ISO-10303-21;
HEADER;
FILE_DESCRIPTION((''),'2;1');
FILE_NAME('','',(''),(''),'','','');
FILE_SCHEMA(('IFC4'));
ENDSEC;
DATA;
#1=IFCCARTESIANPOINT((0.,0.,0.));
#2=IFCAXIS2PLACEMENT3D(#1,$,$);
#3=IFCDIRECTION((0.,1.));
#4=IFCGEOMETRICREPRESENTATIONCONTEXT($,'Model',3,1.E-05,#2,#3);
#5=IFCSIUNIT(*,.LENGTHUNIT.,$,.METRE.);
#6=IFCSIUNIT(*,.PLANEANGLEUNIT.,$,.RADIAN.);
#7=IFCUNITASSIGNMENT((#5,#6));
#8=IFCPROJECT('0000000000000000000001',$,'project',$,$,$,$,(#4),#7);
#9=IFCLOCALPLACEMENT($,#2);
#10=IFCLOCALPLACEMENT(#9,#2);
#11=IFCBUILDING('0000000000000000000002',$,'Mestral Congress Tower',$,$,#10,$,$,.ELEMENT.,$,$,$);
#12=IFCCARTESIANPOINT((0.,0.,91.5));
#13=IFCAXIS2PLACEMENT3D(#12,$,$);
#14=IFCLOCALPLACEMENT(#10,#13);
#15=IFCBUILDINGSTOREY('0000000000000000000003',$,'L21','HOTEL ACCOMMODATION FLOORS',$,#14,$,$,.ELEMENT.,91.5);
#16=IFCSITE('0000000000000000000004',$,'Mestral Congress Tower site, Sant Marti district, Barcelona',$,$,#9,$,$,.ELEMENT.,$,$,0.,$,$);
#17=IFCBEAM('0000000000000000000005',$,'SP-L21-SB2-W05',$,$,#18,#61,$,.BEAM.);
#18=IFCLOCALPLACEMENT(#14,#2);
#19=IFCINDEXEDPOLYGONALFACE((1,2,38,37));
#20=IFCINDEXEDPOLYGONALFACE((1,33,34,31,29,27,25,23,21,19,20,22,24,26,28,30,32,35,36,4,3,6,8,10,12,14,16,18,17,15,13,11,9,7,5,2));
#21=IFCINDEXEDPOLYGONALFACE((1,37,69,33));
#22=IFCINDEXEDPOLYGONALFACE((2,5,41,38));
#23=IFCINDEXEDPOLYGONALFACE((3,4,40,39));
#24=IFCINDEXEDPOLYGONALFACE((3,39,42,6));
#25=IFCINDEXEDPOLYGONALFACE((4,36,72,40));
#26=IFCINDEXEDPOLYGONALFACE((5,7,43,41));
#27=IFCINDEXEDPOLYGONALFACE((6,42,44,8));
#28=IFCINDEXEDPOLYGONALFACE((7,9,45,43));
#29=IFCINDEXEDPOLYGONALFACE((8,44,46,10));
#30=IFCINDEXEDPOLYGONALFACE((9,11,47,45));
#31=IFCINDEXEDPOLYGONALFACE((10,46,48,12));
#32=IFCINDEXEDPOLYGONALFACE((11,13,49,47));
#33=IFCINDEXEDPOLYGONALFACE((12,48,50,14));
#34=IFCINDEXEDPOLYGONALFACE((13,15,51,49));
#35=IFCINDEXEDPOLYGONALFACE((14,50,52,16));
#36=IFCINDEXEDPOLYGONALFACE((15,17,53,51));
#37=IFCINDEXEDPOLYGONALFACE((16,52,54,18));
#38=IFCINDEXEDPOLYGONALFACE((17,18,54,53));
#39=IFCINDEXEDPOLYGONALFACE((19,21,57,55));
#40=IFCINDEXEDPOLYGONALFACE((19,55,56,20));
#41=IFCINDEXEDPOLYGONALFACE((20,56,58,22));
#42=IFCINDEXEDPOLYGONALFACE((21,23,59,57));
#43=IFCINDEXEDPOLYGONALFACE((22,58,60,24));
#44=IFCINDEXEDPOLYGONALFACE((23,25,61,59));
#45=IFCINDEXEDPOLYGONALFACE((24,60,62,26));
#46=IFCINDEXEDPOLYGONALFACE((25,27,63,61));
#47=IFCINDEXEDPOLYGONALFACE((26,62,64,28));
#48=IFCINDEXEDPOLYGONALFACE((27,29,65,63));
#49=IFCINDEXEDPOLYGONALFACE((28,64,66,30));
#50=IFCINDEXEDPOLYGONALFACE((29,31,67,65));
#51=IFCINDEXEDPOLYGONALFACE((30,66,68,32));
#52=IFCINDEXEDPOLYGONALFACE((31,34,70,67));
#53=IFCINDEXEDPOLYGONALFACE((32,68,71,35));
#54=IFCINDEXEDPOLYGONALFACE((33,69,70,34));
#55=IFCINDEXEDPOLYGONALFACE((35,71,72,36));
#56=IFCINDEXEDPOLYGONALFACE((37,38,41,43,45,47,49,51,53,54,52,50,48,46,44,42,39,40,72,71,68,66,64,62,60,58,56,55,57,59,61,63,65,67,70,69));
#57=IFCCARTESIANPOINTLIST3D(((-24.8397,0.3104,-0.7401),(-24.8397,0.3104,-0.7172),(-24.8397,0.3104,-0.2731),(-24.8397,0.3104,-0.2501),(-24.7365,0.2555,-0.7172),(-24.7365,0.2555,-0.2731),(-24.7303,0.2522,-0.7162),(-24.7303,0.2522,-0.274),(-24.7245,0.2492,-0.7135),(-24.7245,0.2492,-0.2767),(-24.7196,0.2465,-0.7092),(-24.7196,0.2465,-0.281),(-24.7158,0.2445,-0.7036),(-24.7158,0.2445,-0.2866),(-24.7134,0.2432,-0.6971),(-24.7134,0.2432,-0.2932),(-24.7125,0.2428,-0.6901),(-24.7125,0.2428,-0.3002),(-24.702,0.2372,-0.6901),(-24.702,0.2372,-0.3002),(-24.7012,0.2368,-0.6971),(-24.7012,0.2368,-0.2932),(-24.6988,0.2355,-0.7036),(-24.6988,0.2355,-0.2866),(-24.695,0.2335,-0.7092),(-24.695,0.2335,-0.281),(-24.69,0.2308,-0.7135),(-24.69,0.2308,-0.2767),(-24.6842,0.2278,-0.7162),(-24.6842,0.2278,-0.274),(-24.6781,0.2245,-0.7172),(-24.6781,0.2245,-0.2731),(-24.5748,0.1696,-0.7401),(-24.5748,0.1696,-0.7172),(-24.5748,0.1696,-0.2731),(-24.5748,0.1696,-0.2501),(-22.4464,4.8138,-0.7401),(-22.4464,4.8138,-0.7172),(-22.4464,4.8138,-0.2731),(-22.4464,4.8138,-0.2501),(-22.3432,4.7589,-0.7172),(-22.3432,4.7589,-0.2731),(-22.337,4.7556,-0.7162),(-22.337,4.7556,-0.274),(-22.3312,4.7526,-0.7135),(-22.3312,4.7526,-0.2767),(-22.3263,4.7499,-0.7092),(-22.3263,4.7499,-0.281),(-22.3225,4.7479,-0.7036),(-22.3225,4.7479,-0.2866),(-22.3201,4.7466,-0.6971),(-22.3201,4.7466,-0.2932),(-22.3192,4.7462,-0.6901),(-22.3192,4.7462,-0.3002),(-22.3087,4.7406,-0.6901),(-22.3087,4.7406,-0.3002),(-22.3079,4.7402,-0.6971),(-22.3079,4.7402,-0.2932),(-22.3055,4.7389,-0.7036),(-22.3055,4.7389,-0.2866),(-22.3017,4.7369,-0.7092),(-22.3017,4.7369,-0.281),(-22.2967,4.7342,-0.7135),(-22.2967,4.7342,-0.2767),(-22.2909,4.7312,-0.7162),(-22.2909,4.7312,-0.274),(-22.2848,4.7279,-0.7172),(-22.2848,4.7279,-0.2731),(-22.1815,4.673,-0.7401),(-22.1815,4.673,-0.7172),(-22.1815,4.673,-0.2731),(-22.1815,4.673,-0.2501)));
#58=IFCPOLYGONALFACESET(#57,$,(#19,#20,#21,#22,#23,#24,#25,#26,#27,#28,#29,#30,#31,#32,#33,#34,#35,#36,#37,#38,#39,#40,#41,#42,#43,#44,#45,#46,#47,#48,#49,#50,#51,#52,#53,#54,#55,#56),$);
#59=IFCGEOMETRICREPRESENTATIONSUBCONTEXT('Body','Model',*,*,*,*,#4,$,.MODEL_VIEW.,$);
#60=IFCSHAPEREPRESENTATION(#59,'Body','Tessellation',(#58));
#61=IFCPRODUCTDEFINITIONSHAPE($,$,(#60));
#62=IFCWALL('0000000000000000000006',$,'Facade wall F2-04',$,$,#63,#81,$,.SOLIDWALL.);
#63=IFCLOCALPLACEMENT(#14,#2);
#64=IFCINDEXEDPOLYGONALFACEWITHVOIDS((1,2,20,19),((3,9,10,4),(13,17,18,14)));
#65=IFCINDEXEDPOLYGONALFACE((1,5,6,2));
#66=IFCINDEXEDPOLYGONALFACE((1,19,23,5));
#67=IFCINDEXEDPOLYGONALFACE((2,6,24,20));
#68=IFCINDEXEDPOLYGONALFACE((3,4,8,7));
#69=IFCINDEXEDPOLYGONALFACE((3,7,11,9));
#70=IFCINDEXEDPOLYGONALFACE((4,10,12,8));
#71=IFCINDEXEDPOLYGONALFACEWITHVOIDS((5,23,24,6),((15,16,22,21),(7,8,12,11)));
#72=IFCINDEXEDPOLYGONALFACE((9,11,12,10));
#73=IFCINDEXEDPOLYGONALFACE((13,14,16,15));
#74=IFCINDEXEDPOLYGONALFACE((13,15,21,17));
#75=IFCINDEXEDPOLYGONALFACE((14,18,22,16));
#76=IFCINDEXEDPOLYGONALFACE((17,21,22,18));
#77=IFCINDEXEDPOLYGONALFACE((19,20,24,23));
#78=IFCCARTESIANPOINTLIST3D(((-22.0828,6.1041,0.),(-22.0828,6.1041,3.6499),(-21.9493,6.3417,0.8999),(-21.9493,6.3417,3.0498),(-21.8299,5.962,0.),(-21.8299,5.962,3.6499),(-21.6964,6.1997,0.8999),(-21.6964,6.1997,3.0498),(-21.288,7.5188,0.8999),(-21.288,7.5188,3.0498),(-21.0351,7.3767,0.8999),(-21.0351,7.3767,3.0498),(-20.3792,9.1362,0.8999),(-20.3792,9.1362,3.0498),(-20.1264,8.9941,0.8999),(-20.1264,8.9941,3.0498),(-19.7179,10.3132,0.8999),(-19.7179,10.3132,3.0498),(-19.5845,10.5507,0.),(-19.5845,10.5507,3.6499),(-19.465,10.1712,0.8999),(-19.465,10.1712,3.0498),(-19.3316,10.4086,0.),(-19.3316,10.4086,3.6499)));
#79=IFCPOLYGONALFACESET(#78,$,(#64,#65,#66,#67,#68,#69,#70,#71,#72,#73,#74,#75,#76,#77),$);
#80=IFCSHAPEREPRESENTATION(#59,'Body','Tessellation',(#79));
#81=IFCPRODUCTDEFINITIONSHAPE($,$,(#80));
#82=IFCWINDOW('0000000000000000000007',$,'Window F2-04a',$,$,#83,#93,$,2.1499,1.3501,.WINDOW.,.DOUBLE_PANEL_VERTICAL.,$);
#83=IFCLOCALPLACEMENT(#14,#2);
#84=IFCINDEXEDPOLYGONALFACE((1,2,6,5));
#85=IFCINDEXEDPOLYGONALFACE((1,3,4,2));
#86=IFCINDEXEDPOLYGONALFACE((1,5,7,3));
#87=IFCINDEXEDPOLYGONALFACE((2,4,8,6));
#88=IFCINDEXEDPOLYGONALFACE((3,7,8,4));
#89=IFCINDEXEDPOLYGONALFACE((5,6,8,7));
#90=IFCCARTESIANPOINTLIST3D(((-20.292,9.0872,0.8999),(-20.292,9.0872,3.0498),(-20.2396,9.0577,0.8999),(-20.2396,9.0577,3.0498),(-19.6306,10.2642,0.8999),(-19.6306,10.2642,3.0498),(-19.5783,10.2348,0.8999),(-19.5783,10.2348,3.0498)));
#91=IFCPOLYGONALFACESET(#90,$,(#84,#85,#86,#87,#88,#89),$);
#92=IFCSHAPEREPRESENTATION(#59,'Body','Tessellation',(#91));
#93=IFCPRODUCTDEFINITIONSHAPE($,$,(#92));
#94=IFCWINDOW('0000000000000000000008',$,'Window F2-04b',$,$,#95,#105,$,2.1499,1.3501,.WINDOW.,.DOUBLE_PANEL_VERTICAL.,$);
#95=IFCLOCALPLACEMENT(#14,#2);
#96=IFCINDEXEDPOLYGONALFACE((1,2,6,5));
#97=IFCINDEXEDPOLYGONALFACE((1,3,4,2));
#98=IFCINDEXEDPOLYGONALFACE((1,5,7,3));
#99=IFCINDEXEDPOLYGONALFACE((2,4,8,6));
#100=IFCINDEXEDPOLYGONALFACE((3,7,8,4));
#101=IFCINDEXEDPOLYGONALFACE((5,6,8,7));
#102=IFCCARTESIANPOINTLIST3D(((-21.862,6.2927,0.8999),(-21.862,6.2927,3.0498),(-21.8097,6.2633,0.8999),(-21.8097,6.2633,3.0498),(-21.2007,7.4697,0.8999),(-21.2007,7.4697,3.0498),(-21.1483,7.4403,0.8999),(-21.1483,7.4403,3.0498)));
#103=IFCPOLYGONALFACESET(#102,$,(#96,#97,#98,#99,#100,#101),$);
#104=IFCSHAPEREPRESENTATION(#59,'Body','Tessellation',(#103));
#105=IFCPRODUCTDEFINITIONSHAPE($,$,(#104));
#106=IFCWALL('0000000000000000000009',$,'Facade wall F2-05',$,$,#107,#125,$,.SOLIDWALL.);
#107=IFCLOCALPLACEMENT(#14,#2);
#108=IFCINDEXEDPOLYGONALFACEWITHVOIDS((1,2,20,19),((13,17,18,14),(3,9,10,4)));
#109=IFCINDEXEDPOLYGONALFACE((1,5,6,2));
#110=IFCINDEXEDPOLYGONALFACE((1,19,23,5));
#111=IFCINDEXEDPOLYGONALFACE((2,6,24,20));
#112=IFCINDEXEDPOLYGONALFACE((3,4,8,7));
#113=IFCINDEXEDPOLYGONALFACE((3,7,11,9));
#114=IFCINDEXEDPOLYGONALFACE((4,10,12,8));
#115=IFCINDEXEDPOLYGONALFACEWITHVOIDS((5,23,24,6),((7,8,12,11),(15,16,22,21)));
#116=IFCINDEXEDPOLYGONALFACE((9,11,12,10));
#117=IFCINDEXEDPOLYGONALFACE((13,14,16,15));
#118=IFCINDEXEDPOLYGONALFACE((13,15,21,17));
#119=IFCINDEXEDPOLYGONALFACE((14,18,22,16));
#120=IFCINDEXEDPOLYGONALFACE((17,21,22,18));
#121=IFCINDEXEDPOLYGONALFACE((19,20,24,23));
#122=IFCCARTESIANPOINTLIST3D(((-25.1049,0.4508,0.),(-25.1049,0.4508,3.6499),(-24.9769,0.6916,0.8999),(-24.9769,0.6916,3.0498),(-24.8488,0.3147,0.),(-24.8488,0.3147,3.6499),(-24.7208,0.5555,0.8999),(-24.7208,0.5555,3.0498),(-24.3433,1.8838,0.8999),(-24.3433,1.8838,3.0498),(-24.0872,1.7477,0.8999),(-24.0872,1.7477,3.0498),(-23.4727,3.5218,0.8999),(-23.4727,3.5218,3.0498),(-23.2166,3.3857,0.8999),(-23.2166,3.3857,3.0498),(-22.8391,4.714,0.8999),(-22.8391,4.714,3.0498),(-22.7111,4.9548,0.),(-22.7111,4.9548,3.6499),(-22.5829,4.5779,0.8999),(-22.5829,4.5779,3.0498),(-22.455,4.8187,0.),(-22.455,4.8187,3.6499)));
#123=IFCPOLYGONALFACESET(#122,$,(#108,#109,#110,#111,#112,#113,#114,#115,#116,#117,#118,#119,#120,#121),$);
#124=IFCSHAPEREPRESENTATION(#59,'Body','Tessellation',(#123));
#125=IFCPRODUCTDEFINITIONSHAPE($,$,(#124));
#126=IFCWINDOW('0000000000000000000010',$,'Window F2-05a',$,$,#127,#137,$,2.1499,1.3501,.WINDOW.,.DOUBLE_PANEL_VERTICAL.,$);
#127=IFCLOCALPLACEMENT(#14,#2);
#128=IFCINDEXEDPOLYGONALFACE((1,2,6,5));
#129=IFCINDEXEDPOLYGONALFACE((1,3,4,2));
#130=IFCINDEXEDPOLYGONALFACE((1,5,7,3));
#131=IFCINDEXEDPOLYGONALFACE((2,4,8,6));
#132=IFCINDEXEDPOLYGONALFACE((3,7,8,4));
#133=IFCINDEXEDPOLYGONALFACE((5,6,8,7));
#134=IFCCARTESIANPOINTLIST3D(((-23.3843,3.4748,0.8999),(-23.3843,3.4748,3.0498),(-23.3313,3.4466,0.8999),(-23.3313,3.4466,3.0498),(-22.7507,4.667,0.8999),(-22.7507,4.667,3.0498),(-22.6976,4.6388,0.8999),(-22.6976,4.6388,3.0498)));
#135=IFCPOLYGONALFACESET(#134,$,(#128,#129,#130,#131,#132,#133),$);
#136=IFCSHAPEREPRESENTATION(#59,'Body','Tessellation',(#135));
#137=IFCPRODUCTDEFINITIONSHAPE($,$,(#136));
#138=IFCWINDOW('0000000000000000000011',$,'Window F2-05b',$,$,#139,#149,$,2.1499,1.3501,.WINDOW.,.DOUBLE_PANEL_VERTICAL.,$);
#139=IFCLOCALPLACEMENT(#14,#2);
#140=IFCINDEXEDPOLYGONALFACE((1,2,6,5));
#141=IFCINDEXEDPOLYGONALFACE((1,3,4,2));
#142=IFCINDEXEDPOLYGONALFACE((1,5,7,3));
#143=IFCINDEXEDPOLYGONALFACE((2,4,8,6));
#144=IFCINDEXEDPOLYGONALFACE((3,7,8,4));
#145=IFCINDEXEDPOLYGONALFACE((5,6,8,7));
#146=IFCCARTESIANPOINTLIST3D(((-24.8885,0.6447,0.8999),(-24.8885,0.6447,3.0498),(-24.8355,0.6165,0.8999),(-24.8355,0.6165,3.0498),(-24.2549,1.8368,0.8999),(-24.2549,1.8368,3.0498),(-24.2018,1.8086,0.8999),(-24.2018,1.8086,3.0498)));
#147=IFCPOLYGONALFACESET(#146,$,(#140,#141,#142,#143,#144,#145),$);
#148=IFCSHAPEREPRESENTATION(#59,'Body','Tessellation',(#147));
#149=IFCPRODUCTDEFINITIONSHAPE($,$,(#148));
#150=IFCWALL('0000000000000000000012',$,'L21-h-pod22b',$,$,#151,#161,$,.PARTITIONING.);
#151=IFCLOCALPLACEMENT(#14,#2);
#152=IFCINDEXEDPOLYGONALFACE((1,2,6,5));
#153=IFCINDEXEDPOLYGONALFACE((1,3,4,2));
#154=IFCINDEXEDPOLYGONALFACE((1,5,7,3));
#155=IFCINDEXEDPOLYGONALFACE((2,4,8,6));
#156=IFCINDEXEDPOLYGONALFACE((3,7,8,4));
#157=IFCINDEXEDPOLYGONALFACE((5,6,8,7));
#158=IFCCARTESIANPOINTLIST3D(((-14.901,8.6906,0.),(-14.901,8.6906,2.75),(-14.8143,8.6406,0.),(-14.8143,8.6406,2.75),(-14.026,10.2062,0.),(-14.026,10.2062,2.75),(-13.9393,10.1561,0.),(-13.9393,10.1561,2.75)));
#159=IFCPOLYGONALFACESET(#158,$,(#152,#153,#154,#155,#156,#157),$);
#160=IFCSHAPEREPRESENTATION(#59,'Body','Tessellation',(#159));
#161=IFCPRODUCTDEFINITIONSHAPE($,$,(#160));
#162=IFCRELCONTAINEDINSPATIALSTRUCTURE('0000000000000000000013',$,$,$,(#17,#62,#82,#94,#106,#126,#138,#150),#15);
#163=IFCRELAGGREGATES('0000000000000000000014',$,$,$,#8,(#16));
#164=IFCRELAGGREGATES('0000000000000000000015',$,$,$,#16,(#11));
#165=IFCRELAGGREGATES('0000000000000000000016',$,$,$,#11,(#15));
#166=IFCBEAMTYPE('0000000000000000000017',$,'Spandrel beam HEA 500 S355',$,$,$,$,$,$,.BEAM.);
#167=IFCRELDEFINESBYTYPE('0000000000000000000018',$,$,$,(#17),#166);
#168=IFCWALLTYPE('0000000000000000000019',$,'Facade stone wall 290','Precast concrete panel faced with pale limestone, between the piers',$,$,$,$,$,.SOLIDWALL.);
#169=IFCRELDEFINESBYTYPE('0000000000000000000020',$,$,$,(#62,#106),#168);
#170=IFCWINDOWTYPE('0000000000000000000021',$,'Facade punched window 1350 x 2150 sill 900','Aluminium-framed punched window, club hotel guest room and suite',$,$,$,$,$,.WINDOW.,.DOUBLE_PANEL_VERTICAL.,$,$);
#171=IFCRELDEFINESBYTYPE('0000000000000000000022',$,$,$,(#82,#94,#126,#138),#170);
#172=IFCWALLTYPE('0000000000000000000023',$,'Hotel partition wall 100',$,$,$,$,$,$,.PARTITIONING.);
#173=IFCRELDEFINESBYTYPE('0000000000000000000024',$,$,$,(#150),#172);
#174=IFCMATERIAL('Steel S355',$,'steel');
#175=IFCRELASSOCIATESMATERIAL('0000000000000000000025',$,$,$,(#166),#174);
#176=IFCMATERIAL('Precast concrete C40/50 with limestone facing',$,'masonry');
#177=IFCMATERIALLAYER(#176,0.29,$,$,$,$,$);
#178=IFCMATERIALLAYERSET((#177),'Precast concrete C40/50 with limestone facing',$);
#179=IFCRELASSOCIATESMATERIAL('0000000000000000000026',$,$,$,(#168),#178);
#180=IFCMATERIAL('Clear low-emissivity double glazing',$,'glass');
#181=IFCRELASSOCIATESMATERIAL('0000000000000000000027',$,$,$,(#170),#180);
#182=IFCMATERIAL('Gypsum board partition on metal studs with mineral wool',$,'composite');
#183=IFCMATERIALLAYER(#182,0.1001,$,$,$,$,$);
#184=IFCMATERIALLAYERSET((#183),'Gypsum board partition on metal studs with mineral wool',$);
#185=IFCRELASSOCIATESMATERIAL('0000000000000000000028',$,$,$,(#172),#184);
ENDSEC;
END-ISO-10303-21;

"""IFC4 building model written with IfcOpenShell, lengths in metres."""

from ifc_helpers import new_model, si_unit, direction, frame, frame_2d, origin, origin_2d, place, context, subcontext, project, spatial, rectangle, i_section, extrude, material, layer, layer_set, material_profile, profile_set, type_object, element, fill, save


model = new_model("IFC4")

# Units and contexts
model_context = context("Model", 3, precision=1e-05, world=origin(), true_north=direction((0.0, 1.0)))
body_context = subcontext(model_context, "Body", "Model", "MODEL_VIEW")
ifc_project = project(units=[si_unit("LENGTHUNIT", "METRE"), si_unit("PLANEANGLEUNIT", "RADIAN")], contexts=[model_context])

# Site, building, storey
site_placement = place(None, origin())
site = spatial("IfcSite", under=ifc_project, at=site_placement, Name="Mestral Congress Tower site, Sant Marti district, Barcelona", CompositionType="ELEMENT", RefElevation=0.0)
building_placement = place(site_placement, origin())
building = spatial("IfcBuilding", under=site, at=building_placement, Name="Mestral Congress Tower", CompositionType="ELEMENT")
storey_placement = place(building_placement, frame((0.0, 0.0, 91.5)))
storey = spatial("IfcBuildingStorey", under=building, at=storey_placement, Name="L21", Description="HOTEL ACCOMMODATION FLOORS", CompositionType="ELEMENT", Elevation=91.5)

# Beam
ifc_material_1 = material(Name="Steel S355", Category="steel")
ifc_material_profile_1 = material_profile(ifc_material_1, i_section(OverallWidth=0.3, OverallDepth=0.49, WebThickness=0.012, FlangeThickness=0.0229, FilletRadius=0.0271, at=origin_2d()), Name="HEA 500")
ifc_profile_set_1 = profile_set([ifc_material_profile_1], Name="Steel S355")
beam_type_1 = type_object("IfcBeamType", Name="Spandrel beam HEA 500 S355", PredefinedType="BEAM", material=ifc_profile_set_1)
for number, where, z_axis, x_axis, name in (
    (1, (-22.314, 4.7434, -0.4951), (-0.469288, -0.883045, 0.0), (0.883045, -0.469288, 0.0), "SP-L21-SB2-W05"),
):
    element("IfcBeam", number, at=place(storey_placement, frame(where, z_axis=z_axis, x_axis=x_axis)), inside=storey, type_object=beam_type_1, Name=name, PredefinedType="BEAM", context=body_context, shape_type="SweptSolid", body=[
        extrude(i_section(OverallWidth=0.3, OverallDepth=0.49, WebThickness=0.012, FlangeThickness=0.0229, FilletRadius=0.0271, at=origin_2d()), origin(), (0.0, 0.0, 1.0), 5.0999),
    ])

# Walls, openings, windows
ifc_material_2 = material(Name="Precast concrete C40/50 with limestone facing", Category="masonry")
ifc_layer_1 = layer(ifc_material_2, 0.29)
ifc_layer_set_1 = layer_set([ifc_layer_1], Name="Precast concrete C40/50 with limestone facing")
wall_type_1 = type_object("IfcWallType", Name="Facade stone wall 290", Description="Precast concrete panel faced with pale limestone, between the piers", PredefinedType="SOLIDWALL", material=ifc_layer_set_1)
wall_1_placement = place(storey_placement, frame((-19.458, 10.4797, 0.0), z_axis=(0.0, 0.0, 1.0), x_axis=(-0.489832, -0.871817, 0.0)))
wall_1 = element("IfcWall", 2, at=wall_1_placement, inside=storey, type_object=wall_type_1, Name="Facade wall F2-04", PredefinedType="SOLIDWALL", context=body_context, shape_type="SweptSolid", body=[
    extrude(rectangle(XDim=5.1003, YDim=0.29, at=frame_2d((2.5503, 0.0))), origin(), (0.0, 0.0, 1.0), 3.6499),
])
opening_1_placement = place(wall_1_placement, frame((0.2725, 0.0, 0.8999)))
opening_1 = element("IfcOpeningElement", 3, at=opening_1_placement, cuts=wall_1, PredefinedType="OPENING", context=body_context, shape_type="SweptSolid", body=[
    extrude(rectangle(XDim=1.3501, YDim=2.1499, at=frame_2d((0.675, 1.075))), frame((0.0, 0.155, 0.0), z_axis=(0.0, -1.0, 0.0), x_axis=(1.0, 0.0, 0.0)), (0.0, 0.0, 1.0), 0.3101),
])
opening_2_placement = place(wall_1_placement, frame((3.4778, 0.0, 0.8999)))
opening_2 = element("IfcOpeningElement", 4, at=opening_2_placement, cuts=wall_1, PredefinedType="OPENING", context=body_context, shape_type="SweptSolid", body=[
    extrude(rectangle(XDim=1.3501, YDim=2.1499, at=frame_2d((0.675, 1.075))), frame((0.0, 0.155, 0.0), z_axis=(0.0, -1.0, 0.0), x_axis=(1.0, 0.0, 0.0)), (0.0, 0.0, 1.0), 0.3101),
])
ifc_material_3 = material(Name="Clear low-emissivity double glazing", Category="glass")
window_type = type_object("IfcWindowType", Name="Facade punched window 1350 x 2150 sill 900", Description="Aluminium-framed punched window, club hotel guest room and suite", PartitioningType="DOUBLE_PANEL_VERTICAL", PredefinedType="WINDOW", material=ifc_material_3)
window_1_placement = place(opening_1_placement, origin())
window_1 = element("IfcWindow", 5, at=window_1_placement, inside=storey, type_object=window_type, Name="Window F2-04a", OverallHeight=2.1499, OverallWidth=1.3501, PartitioningType="DOUBLE_PANEL_VERTICAL", PredefinedType="WINDOW", context=body_context, shape_type="SweptSolid", body=[
    extrude(rectangle(XDim=1.3501, YDim=2.1499, at=frame_2d((0.675, 1.075))), frame((0.0, 0.0151, 0.0), z_axis=(0.0, -1.0, 0.0), x_axis=(1.0, 0.0, 0.0)), (0.0, 0.0, 1.0), 0.0601),
])
fill(opening_1, window_1)
window_2_placement = place(opening_2_placement, origin())
window_2 = element("IfcWindow", 6, at=window_2_placement, inside=storey, type_object=window_type, Name="Window F2-04b", OverallHeight=2.1499, OverallWidth=1.3501, PartitioningType="DOUBLE_PANEL_VERTICAL", PredefinedType="WINDOW", context=body_context, shape_type="SweptSolid", body=[
    extrude(rectangle(XDim=1.3501, YDim=2.1499, at=frame_2d((0.675, 1.075))), frame((0.0, 0.0151, 0.0), z_axis=(0.0, -1.0, 0.0), x_axis=(1.0, 0.0, 0.0)), (0.0, 0.0, 1.0), 0.0601),
])
fill(opening_2, window_2)
wall_2_placement = place(storey_placement, frame((-22.583, 4.8867, 0.0), z_axis=(0.0, 0.0, 1.0), x_axis=(-0.469323, -0.883026, 0.0)))
wall_2 = element("IfcWall", 7, at=wall_2_placement, inside=storey, type_object=wall_type_1, Name="Facade wall F2-05", PredefinedType="SOLIDWALL", context=body_context, shape_type="SweptSolid", body=[
    extrude(rectangle(XDim=5.1006, YDim=0.29, at=frame_2d((2.5503, 0.0))), origin(), (0.0, 0.0, 1.0), 3.6499),
])
opening_3_placement = place(wall_2_placement, frame((0.2727, 0.0, 0.8999)))
opening_3 = element("IfcOpeningElement", 8, at=opening_3_placement, cuts=wall_2, PredefinedType="OPENING", context=body_context, shape_type="SweptSolid", body=[
    extrude(rectangle(XDim=1.3501, YDim=2.1499, at=frame_2d((0.675, 1.075))), frame((0.0, 0.155, 0.0), z_axis=(0.0, -1.0, 0.0), x_axis=(1.0, 0.0, 0.0)), (0.0, 0.0, 1.0), 0.3101),
])
opening_4_placement = place(wall_2_placement, frame((3.4778, 0.0, 0.8999)))
opening_4 = element("IfcOpeningElement", 9, at=opening_4_placement, cuts=wall_2, PredefinedType="OPENING", context=body_context, shape_type="SweptSolid", body=[
    extrude(rectangle(XDim=1.3501, YDim=2.1499, at=frame_2d((0.675, 1.075))), frame((0.0, 0.155, 0.0), z_axis=(0.0, -1.0, 0.0), x_axis=(1.0, 0.0, 0.0)), (0.0, 0.0, 1.0), 0.3101),
])
window_3_placement = place(opening_3_placement, origin())
window_3 = element("IfcWindow", 10, at=window_3_placement, inside=storey, type_object=window_type, Name="Window F2-05a", OverallHeight=2.1499, OverallWidth=1.3501, PartitioningType="DOUBLE_PANEL_VERTICAL", PredefinedType="WINDOW", context=body_context, shape_type="SweptSolid", body=[
    extrude(rectangle(XDim=1.3501, YDim=2.1499, at=frame_2d((0.675, 1.075))), frame((0.0, 0.0151, 0.0), z_axis=(0.0, -1.0, 0.0), x_axis=(1.0, 0.0, 0.0)), (0.0, 0.0, 1.0), 0.0601),
])
fill(opening_3, window_3)
window_4_placement = place(opening_4_placement, origin())
window_4 = element("IfcWindow", 11, at=window_4_placement, inside=storey, type_object=window_type, Name="Window F2-05b", OverallHeight=2.1499, OverallWidth=1.3501, PartitioningType="DOUBLE_PANEL_VERTICAL", PredefinedType="WINDOW", context=body_context, shape_type="SweptSolid", body=[
    extrude(rectangle(XDim=1.3501, YDim=2.1499, at=frame_2d((0.675, 1.075))), frame((0.0, 0.0151, 0.0), z_axis=(0.0, -1.0, 0.0), x_axis=(1.0, 0.0, 0.0)), (0.0, 0.0, 1.0), 0.0601),
])
fill(opening_4, window_4)

# Wall
ifc_material_4 = material(Name="Gypsum board partition on metal studs with mineral wool", Category="composite")
ifc_layer_2 = layer(ifc_material_4, 0.1001)
ifc_layer_set_2 = layer_set([ifc_layer_2], Name="Gypsum board partition on metal studs with mineral wool")
wall_type_2 = type_object("IfcWallType", Name="Hotel partition wall 100", PredefinedType="PARTITIONING", material=ifc_layer_set_2)
wall_3_placement = place(storey_placement, frame((-13.9827, 10.1812, 0.0), z_axis=(0.0, 0.0, 1.0), x_axis=(-0.49998, -0.866037, 0.0)))
element("IfcWall", 12, at=wall_3_placement, inside=storey, type_object=wall_type_2, Name="L21-h-pod22b", PredefinedType="PARTITIONING", context=body_context, shape_type="SweptSolid", body=[
    extrude(rectangle(XDim=1.75, YDim=0.1001, at=frame_2d((0.875, 0.0))), origin(), (0.0, 0.0, 1.0), 2.75),
])

save(model, "model.ifc")
